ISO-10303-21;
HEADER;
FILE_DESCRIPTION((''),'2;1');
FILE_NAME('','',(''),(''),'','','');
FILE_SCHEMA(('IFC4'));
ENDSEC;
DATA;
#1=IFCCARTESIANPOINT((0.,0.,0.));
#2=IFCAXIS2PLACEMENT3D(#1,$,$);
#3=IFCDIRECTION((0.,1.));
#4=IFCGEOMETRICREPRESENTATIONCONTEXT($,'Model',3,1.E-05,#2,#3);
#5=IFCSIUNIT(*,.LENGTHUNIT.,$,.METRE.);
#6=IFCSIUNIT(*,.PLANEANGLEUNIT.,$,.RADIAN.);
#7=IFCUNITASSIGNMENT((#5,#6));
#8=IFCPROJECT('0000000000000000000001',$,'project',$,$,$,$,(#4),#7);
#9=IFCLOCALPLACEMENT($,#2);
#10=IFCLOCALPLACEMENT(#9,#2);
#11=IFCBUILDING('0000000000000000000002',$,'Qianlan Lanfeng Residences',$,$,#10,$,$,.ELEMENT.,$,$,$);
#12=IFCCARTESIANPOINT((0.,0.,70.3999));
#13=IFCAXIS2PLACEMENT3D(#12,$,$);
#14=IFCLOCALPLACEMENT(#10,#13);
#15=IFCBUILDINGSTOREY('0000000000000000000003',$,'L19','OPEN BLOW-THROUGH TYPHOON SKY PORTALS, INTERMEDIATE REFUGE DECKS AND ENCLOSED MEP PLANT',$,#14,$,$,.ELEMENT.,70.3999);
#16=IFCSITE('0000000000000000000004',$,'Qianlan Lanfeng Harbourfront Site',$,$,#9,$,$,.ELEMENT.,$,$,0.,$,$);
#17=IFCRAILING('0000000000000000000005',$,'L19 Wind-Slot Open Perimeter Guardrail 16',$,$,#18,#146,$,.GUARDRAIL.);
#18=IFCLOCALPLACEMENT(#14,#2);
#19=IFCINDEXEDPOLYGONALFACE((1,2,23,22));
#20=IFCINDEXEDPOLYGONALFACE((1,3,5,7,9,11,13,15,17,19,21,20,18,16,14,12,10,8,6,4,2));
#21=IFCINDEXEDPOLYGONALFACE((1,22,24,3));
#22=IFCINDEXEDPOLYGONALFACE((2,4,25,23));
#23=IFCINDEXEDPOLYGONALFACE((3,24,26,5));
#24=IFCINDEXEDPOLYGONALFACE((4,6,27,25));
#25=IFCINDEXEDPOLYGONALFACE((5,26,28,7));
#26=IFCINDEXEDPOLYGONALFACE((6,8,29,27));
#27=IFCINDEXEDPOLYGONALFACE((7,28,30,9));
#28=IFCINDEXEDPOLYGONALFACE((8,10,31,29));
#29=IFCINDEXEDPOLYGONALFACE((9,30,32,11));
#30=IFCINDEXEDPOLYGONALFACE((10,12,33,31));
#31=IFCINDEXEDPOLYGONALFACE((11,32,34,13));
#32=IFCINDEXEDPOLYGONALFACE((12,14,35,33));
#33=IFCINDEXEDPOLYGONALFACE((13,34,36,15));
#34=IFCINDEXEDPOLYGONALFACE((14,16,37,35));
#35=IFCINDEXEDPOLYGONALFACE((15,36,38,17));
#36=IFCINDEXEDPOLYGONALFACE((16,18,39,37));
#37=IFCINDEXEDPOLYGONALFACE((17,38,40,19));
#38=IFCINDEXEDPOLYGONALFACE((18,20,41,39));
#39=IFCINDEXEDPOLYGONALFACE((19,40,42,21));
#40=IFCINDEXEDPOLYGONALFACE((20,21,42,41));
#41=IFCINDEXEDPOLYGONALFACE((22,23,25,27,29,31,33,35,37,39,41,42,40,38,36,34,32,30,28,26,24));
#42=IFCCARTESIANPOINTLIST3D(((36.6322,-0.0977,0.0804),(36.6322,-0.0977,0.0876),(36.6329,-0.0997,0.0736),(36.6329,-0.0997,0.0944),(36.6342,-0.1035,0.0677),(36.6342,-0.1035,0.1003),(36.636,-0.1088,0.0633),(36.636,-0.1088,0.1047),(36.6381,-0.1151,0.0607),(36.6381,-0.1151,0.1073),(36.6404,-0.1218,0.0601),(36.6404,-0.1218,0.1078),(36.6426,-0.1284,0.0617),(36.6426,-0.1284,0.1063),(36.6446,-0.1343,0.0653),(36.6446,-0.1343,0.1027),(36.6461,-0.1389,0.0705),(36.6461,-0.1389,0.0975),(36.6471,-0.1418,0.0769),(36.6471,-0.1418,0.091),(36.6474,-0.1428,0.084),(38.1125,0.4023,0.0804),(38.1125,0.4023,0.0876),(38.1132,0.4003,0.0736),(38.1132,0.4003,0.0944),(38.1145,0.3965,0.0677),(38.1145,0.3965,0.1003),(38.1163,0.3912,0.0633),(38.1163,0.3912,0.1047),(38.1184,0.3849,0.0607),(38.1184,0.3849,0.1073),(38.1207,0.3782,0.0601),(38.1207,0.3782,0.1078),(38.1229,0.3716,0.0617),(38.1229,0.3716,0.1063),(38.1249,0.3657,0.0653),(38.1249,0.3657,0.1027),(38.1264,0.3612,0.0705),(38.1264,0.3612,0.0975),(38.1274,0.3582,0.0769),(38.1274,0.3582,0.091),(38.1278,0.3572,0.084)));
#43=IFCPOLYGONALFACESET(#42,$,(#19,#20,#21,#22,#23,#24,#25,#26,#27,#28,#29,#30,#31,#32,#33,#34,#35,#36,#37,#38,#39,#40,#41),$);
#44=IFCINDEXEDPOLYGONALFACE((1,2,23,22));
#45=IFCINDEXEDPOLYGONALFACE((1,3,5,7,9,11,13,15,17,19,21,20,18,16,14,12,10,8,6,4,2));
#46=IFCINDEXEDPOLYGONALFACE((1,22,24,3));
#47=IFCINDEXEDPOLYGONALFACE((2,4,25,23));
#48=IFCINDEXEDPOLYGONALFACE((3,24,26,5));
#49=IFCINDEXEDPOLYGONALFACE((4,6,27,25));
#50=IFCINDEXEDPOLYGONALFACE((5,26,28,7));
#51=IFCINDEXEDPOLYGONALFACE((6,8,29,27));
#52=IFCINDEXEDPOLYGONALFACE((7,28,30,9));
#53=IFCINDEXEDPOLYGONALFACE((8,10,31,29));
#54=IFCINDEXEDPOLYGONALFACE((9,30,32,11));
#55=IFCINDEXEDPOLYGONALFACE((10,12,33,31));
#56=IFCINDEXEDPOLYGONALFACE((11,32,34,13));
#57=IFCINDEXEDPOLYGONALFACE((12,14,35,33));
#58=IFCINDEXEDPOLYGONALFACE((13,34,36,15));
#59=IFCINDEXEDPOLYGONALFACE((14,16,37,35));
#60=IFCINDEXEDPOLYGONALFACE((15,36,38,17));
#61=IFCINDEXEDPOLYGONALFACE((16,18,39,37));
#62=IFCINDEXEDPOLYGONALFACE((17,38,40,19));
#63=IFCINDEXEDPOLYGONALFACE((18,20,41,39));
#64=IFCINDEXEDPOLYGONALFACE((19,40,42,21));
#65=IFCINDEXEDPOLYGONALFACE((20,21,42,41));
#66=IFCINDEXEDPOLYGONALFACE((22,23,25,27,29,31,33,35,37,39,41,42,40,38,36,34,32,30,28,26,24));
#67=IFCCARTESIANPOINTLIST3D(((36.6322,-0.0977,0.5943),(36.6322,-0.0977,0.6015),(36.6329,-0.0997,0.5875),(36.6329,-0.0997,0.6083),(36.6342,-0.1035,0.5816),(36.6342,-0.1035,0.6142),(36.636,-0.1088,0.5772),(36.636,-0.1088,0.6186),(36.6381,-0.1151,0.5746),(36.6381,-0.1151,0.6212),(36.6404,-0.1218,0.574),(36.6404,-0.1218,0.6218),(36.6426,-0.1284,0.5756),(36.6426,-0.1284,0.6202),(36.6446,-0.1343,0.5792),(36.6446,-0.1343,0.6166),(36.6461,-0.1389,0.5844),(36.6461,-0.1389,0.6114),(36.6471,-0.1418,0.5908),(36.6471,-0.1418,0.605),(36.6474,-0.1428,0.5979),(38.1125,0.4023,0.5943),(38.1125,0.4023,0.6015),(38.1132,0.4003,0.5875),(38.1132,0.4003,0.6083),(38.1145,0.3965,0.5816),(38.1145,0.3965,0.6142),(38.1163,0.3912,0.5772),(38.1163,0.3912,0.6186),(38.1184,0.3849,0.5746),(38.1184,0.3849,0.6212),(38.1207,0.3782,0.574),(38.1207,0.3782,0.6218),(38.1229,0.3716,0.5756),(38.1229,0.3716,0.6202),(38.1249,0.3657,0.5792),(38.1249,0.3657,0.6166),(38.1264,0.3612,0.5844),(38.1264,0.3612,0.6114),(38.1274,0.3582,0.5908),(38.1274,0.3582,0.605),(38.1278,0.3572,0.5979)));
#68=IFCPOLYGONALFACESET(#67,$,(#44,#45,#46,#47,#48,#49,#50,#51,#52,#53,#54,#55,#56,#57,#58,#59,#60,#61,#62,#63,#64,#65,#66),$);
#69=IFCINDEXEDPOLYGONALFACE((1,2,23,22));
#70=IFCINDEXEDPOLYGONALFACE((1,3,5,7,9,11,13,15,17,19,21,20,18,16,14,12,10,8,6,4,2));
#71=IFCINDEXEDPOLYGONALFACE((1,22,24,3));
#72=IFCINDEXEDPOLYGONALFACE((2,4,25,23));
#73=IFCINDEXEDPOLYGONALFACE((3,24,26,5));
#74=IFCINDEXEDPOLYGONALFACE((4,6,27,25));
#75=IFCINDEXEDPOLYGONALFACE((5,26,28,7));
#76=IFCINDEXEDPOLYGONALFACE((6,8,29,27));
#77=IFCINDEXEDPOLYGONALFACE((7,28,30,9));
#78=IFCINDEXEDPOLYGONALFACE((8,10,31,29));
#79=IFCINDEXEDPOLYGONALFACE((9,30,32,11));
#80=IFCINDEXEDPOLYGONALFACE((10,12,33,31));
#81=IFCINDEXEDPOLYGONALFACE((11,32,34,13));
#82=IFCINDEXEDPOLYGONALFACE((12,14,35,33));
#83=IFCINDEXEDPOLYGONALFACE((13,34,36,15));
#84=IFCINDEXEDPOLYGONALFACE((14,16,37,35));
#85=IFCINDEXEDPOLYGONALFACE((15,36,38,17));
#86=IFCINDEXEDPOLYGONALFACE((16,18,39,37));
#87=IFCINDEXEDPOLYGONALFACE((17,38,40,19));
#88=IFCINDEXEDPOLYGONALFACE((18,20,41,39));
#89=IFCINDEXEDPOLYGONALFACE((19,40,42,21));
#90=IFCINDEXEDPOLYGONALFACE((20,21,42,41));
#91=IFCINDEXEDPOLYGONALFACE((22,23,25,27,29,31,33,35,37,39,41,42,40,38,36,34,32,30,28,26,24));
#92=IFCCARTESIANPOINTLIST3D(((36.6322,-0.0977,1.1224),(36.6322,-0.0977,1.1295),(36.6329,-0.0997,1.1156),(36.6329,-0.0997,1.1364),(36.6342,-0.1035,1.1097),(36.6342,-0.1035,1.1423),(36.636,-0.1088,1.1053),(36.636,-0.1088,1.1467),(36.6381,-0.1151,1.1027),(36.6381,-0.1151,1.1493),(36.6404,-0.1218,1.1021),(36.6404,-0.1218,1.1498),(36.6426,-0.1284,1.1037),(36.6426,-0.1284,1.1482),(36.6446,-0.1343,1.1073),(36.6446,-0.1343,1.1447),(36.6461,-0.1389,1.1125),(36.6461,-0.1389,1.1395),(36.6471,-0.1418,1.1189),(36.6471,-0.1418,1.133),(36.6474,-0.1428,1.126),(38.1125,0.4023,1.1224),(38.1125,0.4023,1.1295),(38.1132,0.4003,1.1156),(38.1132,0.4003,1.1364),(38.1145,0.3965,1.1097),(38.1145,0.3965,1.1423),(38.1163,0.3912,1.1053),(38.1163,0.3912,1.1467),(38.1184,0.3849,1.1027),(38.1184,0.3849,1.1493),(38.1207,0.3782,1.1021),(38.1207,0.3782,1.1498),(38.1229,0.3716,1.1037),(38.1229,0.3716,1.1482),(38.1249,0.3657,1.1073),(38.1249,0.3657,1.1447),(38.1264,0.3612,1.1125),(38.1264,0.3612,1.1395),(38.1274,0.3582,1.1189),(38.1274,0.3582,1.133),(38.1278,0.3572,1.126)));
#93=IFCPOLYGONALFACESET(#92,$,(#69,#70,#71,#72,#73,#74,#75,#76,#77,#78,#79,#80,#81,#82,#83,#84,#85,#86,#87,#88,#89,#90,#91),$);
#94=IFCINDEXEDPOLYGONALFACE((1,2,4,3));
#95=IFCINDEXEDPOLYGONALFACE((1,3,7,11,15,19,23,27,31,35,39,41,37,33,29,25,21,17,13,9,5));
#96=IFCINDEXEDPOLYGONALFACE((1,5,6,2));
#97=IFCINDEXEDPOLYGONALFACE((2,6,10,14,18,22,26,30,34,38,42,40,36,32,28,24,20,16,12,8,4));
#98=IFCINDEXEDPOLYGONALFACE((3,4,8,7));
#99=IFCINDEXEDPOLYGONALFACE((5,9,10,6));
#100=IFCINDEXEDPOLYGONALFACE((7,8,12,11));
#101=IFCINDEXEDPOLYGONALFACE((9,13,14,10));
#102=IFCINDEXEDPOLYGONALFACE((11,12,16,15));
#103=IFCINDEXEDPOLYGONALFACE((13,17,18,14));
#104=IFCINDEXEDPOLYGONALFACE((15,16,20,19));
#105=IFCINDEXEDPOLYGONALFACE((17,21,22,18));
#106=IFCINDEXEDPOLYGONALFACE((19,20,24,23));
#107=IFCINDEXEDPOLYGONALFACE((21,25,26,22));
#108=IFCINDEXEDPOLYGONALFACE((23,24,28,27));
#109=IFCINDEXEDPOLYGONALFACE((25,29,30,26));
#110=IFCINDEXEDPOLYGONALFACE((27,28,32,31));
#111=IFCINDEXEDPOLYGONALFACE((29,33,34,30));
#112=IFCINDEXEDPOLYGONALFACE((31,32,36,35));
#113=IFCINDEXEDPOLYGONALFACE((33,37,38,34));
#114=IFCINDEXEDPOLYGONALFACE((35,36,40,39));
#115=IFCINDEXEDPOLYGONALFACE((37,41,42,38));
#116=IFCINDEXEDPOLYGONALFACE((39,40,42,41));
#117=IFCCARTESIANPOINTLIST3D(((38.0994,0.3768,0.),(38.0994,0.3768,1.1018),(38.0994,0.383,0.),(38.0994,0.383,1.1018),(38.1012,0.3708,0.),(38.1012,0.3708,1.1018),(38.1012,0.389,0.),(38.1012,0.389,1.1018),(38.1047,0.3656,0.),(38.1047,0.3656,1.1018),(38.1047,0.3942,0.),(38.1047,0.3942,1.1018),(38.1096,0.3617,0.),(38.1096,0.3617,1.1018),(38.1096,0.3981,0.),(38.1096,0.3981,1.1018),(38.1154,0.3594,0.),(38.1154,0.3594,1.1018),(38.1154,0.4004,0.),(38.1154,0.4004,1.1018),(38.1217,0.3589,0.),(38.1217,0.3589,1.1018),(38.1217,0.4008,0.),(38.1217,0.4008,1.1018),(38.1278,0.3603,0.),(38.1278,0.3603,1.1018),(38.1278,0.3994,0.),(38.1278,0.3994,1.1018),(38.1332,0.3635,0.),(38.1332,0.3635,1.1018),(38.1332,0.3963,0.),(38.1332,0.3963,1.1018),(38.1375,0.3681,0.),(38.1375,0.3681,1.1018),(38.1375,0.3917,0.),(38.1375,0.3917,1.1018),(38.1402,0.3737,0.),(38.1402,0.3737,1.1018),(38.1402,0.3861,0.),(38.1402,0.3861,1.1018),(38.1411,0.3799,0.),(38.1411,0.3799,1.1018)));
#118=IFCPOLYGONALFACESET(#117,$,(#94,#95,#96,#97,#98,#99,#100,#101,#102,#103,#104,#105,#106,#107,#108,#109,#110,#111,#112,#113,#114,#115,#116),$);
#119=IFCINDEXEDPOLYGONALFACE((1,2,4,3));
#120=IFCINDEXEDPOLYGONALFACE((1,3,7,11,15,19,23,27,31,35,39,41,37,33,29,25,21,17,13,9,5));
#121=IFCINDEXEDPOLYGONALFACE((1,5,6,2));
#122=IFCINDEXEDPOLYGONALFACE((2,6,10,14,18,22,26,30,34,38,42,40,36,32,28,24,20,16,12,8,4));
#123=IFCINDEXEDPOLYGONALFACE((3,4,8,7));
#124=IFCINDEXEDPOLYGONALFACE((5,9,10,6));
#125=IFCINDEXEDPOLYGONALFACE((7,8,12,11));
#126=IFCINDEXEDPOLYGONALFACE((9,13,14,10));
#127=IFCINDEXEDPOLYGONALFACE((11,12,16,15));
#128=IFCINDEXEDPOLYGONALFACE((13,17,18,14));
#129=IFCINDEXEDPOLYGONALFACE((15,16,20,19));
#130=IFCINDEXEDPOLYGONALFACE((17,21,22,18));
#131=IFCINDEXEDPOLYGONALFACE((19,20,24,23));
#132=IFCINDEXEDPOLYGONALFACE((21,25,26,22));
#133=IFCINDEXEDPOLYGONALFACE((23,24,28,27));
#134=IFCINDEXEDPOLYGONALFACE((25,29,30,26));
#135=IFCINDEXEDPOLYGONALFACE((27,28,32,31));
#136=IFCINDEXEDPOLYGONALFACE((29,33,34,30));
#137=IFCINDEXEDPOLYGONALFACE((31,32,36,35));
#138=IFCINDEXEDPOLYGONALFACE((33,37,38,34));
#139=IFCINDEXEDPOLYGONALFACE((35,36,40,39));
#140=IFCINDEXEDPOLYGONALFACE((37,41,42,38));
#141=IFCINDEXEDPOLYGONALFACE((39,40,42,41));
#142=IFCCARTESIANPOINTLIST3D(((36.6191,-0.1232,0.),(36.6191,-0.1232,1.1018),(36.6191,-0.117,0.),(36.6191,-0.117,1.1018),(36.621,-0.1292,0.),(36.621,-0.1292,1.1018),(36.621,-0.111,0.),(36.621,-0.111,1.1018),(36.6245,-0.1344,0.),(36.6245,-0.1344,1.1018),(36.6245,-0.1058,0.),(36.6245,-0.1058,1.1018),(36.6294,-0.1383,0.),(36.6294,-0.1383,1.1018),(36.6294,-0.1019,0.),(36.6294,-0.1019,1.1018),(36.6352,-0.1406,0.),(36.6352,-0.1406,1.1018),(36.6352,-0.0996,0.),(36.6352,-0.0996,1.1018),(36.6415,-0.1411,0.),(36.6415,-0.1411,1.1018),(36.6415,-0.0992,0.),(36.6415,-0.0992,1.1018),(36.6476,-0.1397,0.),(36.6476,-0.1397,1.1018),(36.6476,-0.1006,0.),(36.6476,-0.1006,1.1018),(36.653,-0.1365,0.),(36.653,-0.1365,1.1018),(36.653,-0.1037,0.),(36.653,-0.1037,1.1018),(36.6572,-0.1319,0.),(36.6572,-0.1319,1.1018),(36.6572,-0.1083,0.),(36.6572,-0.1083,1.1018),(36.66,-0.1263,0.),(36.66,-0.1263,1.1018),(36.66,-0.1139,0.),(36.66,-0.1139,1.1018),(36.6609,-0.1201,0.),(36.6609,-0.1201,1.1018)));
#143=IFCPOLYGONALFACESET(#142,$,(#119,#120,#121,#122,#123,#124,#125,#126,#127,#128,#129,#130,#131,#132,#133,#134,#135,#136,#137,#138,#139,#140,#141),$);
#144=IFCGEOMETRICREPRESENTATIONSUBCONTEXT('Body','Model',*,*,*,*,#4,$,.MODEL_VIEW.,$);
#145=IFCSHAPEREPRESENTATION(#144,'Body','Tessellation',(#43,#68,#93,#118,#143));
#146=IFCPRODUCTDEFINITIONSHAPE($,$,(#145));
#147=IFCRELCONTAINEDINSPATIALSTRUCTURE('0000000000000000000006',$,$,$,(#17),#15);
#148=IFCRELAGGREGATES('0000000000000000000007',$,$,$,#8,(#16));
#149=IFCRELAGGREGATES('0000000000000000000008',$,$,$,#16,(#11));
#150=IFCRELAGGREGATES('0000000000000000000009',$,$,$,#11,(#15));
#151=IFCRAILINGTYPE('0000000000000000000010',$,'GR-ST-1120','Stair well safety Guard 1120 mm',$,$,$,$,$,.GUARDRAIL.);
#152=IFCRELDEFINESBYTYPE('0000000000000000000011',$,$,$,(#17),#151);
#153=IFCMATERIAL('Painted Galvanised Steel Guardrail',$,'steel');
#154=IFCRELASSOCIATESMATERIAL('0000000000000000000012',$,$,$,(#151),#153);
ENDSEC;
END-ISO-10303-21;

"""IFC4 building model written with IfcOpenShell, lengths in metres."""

from ifc_helpers import new_model, si_unit, direction, frame, origin, origin_2d, place, context, subcontext, project, spatial, circle, extrude, material, type_object, element, save


model = new_model("IFC4")

# Units and contexts
model_context = context("Model", 3, precision=1e-05, world=origin(), true_north=direction((0.0, 1.0)))
body_context = subcontext(model_context, "Body", "Model", "MODEL_VIEW")
ifc_project = project(units=[si_unit("LENGTHUNIT", "METRE"), si_unit("PLANEANGLEUNIT", "RADIAN")], contexts=[model_context])

# Site, building, storey
site_placement = place(None, origin())
site = spatial("IfcSite", under=ifc_project, at=site_placement, Name="Qianlan Lanfeng Harbourfront Site", CompositionType="ELEMENT", RefElevation=0.0)
building_placement = place(site_placement, origin())
building = spatial("IfcBuilding", under=site, at=building_placement, Name="Qianlan Lanfeng Residences", CompositionType="ELEMENT")
storey_placement = place(building_placement, frame((0.0, 0.0, 70.3999)))
storey = spatial("IfcBuildingStorey", under=building, at=storey_placement, Name="L19", Description="OPEN BLOW-THROUGH TYPHOON SKY PORTALS, INTERMEDIATE REFUGE DECKS AND ENCLOSED MEP PLANT", CompositionType="ELEMENT", Elevation=70.3999)

# Railing
ifc_material_1 = material(Name="Painted Galvanised Steel Guardrail", Category="steel")
railing_type = type_object("IfcRailingType", Name="GR-ST-1120", Description="Stair well safety Guard 1120 mm", PredefinedType="GUARDRAIL", material=ifc_material_1)
railing_1_placement = place(storey_placement, frame((38.1201, 0.3799, 0.0)))
element("IfcRailing", 1, at=railing_1_placement, inside=storey, type_object=railing_type, Name="L19 Wind-Slot Open Perimeter Guardrail 16", PredefinedType="GUARDRAIL", context=body_context, shape_type="SweptSolid", body=[
    extrude(circle(Radius=0.0239, at=origin_2d()), frame((0.0, 0.0, 0.084), z_axis=(-0.94741, -0.320022, 0.0), x_axis=(0.320022, -0.94741, 0.0)), (0.0, 0.0, 1.0), 1.5625),
    extrude(circle(Radius=0.0239, at=origin_2d()), frame((0.0, 0.0, 0.5979), z_axis=(-0.94741, -0.320022, 0.0), x_axis=(0.320022, -0.94741, 0.0)), (0.0, 0.0, 1.0), 1.5625),
    extrude(circle(Radius=0.0239, at=origin_2d()), frame((0.0, 0.0, 1.126), z_axis=(-0.94741, -0.320022, 0.0), x_axis=(0.320022, -0.94741, 0.0)), (0.0, 0.0, 1.0), 1.5625),
    extrude(circle(Radius=0.021, at=origin_2d()), origin(), (0.0, 0.0, 1.0), 1.1018),
    extrude(circle(Radius=0.021, at=origin_2d()), frame((-1.4802, -0.5, 0.0)), (0.0, 0.0, 1.0), 1.1018),
])

save(model, "model.ifc")
